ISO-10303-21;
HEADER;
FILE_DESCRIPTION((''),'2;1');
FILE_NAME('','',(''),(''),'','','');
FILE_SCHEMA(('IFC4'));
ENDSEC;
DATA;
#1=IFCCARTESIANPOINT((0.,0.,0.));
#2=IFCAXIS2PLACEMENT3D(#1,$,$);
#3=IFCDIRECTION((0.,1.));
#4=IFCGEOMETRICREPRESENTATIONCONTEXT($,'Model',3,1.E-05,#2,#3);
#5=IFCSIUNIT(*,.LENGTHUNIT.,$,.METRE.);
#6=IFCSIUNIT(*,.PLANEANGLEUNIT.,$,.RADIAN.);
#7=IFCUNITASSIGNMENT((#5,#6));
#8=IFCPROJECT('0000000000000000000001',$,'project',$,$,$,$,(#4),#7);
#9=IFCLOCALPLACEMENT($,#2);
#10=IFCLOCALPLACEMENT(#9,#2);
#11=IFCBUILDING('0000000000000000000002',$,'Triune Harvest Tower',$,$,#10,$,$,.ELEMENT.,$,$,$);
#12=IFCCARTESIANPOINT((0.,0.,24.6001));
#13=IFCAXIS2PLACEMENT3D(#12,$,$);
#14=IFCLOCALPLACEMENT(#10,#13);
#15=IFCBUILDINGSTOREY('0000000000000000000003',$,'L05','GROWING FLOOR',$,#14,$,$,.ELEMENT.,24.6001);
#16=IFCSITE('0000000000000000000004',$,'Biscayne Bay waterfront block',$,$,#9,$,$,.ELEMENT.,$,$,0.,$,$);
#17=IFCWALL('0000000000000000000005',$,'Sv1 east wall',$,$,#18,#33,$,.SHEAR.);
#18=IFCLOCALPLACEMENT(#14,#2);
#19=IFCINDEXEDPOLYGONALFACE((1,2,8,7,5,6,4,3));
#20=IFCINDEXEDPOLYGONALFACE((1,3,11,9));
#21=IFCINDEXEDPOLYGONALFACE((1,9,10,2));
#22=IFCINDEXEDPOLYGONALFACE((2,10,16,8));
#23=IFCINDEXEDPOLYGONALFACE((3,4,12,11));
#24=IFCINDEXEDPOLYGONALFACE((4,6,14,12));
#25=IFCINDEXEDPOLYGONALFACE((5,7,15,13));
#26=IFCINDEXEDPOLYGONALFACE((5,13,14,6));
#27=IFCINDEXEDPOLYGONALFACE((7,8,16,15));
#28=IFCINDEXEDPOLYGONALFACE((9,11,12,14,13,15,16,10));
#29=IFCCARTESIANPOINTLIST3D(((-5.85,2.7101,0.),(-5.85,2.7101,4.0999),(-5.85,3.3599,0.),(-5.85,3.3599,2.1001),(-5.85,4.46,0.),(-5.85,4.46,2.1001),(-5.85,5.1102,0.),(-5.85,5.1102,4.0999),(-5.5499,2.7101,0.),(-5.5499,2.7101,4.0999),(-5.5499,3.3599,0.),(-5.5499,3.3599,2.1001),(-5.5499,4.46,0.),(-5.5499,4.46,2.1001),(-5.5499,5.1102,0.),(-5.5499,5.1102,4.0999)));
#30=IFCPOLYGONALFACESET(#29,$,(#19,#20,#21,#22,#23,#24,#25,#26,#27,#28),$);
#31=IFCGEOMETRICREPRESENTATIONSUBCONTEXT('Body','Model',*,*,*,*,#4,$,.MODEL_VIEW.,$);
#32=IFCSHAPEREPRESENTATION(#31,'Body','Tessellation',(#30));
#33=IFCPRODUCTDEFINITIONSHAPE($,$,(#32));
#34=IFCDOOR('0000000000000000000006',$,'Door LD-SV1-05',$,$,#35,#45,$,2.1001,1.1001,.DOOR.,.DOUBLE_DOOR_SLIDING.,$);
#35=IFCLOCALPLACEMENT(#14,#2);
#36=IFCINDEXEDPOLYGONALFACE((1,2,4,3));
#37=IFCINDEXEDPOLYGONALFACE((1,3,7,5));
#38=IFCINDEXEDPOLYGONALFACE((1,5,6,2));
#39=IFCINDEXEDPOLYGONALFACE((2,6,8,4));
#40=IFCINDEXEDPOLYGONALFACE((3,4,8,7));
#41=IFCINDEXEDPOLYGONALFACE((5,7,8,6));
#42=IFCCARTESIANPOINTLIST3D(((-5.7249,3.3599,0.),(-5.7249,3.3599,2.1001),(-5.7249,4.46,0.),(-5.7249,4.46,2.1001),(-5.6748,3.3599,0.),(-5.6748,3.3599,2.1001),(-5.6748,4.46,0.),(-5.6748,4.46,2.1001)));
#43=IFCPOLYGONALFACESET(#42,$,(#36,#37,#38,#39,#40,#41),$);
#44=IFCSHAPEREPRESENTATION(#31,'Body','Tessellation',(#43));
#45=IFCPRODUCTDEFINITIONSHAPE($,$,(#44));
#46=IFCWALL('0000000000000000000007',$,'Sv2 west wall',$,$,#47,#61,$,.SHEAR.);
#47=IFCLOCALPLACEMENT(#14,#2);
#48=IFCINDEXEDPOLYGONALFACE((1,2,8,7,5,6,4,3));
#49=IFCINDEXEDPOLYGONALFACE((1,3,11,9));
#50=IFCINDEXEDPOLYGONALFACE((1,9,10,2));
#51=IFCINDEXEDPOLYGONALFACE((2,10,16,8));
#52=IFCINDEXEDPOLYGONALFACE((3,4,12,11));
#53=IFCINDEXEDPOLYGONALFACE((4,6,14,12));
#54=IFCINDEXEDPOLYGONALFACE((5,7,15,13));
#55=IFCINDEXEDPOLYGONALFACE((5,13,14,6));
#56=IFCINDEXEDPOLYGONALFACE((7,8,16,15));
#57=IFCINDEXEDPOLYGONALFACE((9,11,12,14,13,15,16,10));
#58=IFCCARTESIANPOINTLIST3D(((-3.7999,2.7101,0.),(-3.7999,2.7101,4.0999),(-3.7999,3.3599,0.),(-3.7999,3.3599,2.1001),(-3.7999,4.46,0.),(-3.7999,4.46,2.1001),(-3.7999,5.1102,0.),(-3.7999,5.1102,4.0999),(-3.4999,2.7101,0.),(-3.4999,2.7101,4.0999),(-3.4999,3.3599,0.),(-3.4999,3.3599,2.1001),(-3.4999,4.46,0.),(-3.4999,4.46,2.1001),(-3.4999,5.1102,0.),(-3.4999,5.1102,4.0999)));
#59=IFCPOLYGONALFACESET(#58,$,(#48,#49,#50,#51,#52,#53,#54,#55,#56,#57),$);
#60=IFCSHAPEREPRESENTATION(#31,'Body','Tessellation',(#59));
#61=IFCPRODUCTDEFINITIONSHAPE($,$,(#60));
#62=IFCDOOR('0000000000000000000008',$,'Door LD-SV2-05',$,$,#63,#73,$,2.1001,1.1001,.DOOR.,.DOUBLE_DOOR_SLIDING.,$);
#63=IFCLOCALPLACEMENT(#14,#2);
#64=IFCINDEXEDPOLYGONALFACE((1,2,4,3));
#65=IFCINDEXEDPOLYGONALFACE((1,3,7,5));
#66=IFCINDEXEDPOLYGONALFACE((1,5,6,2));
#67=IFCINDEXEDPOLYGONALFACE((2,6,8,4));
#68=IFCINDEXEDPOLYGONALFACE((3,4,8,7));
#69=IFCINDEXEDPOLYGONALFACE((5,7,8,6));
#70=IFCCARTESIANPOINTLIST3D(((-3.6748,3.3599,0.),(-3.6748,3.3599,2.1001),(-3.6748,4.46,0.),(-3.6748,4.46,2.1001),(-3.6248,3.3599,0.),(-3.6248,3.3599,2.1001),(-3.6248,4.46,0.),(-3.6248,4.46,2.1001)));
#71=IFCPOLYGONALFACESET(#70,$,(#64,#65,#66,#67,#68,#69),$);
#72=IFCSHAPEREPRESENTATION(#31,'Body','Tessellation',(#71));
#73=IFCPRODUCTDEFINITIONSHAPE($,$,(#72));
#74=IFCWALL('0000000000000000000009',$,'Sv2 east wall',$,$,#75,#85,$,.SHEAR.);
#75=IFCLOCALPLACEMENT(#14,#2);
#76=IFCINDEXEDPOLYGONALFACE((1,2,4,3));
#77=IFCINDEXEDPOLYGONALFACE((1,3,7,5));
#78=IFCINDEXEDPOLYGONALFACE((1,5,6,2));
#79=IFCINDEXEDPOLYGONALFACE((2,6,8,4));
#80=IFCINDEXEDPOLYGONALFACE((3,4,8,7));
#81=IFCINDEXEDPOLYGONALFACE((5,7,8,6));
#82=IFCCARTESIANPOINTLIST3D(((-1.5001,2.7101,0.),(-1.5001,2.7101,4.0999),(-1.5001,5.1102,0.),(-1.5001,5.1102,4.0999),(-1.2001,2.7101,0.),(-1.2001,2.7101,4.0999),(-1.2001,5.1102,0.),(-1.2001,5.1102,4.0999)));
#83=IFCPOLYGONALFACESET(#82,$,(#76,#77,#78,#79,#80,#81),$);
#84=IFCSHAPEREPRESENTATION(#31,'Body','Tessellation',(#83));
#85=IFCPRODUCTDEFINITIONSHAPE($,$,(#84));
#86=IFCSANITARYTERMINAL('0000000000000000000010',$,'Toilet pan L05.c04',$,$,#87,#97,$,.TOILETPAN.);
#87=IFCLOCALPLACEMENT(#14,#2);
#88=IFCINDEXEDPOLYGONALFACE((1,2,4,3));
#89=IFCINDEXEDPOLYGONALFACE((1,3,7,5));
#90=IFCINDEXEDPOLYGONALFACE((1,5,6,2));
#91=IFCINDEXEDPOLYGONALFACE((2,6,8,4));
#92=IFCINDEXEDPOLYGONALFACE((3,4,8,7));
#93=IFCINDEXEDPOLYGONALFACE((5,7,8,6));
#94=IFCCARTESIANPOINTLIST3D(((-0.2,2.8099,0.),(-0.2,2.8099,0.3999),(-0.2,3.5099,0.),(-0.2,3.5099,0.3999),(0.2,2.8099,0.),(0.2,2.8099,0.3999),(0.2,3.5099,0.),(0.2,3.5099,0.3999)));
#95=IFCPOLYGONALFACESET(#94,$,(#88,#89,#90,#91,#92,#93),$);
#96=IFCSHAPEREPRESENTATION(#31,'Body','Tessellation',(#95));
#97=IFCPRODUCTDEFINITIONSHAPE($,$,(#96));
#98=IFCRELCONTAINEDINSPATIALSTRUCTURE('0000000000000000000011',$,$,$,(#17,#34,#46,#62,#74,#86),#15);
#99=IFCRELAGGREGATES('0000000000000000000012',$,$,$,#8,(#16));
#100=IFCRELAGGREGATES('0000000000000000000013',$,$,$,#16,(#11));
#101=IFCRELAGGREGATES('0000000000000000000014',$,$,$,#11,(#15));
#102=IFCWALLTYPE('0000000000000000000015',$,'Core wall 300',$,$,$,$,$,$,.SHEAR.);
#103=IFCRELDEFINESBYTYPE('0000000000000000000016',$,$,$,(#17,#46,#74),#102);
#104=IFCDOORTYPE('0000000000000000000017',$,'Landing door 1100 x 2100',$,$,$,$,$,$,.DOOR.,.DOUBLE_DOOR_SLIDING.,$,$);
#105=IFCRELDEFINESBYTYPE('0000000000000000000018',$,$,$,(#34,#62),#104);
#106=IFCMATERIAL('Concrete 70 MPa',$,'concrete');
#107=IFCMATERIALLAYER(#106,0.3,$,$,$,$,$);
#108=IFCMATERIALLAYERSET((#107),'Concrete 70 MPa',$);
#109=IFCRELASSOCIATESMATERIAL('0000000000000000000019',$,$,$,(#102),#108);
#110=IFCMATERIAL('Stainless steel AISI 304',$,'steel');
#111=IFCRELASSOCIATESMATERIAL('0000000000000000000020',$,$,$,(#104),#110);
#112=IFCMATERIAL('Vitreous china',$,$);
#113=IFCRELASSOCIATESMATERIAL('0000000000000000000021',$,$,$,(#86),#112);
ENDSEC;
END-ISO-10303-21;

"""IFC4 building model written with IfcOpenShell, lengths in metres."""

from ifc_helpers import new_model, si_unit, direction, frame, frame_2d, origin, origin_2d, place, context, subcontext, project, spatial, rectangle, extrude, source, transform, mapped, material, layer, layer_set, type_object, element, fill, save


model = new_model("IFC4")

# Units and contexts
model_context = context("Model", 3, precision=1e-05, world=origin(), true_north=direction((0.0, 1.0)))
body_context = subcontext(model_context, "Body", "Model", "MODEL_VIEW")
ifc_project = project(units=[si_unit("LENGTHUNIT", "METRE"), si_unit("PLANEANGLEUNIT", "RADIAN")], contexts=[model_context])

# Site, building, storey
site_placement = place(None, origin())
site = spatial("IfcSite", under=ifc_project, at=site_placement, Name="Biscayne Bay waterfront block", CompositionType="ELEMENT", RefElevation=0.0)
building_placement = place(site_placement, origin())
building = spatial("IfcBuilding", under=site, at=building_placement, Name="Triune Harvest Tower", CompositionType="ELEMENT")
storey_placement = place(building_placement, frame((0.0, 0.0, 24.6001)))
storey = spatial("IfcBuildingStorey", under=building, at=storey_placement, Name="L05", Description="GROWING FLOOR", CompositionType="ELEMENT", Elevation=24.6001)

# Shared definitions
ifc_material_1 = material(Name="Concrete 70 MPa", Category="concrete")
ifc_layer_1 = layer(ifc_material_1, 0.3)
ifc_layer_set_1 = layer_set([ifc_layer_1], Name="Concrete 70 MPa")
wall_type = type_object("IfcWallType", Name="Core wall 300", PredefinedType="SHEAR", material=ifc_layer_set_1)
ifc_material_2 = material(Name="Stainless steel AISI 304", Category="steel")
door_type = type_object("IfcDoorType", Name="Landing door 1100 x 2100", OperationType="DOUBLE_DOOR_SLIDING", PredefinedType="DOOR", material=ifc_material_2)

# Shared definitions
shared_shape_1 = source(origin(), body_context, "Body", "SweptSolid", [
    extrude(rectangle(XDim=2.4001, YDim=0.3, at=frame_2d((1.2002, 0.0))), origin(), (0.0, 0.0, 1.0), 4.0999),
])

# Walls, openings, doors
wall_1_placement = place(storey_placement, frame((-5.7, 2.71, 0.0), z_axis=(0.0, 0.0, 1.0), x_axis=(0.0, 1.0, 0.0)))
wall_1 = element("IfcWall", 1, at=wall_1_placement, inside=storey, type_object=wall_type, Name="Sv1 east wall", PredefinedType="SHEAR", context=body_context, shape_type="MappedRepresentation", body=[
    mapped(shared_shape_1, transform((0.0, 0.0, 0.0), scale=1.0)),
])
opening_1_placement = place(wall_1_placement, frame((0.6499, 0.0, 0.0)))
opening_1 = element("IfcOpeningElement", 2, at=opening_1_placement, cuts=wall_1, PredefinedType="OPENING", context=body_context, shape_type="SweptSolid", body=[
    extrude(rectangle(XDim=1.1001, YDim=2.1001, at=frame_2d((0.55, 1.05))), frame((0.0, 0.1602, 0.0), z_axis=(0.0, -1.0, 0.0), x_axis=(1.0, 0.0, 0.0)), (0.0, 0.0, 1.0), 0.3201),
])
door_1_placement = place(opening_1_placement, origin())
door_1 = element("IfcDoor", 3, at=door_1_placement, inside=storey, type_object=door_type, Name="Door LD-SV1-05", OperationType="DOUBLE_DOOR_SLIDING", OverallHeight=2.1001, OverallWidth=1.1001, PredefinedType="DOOR", context=body_context, shape_type="SweptSolid", body=[
    extrude(rectangle(XDim=1.1001, YDim=2.1001, at=frame_2d((0.55, 1.05))), frame((0.0, 0.0249, 0.0), z_axis=(0.0, -1.0, 0.0), x_axis=(1.0, 0.0, 0.0)), (0.0, 0.0, 1.0), 0.05),
])
fill(opening_1, door_1)
wall_2_placement = place(storey_placement, frame((-3.6499, 2.71, 0.0), z_axis=(0.0, 0.0, 1.0), x_axis=(0.0, 1.0, 0.0)))
wall_2 = element("IfcWall", 4, at=wall_2_placement, inside=storey, type_object=wall_type, Name="Sv2 west wall", PredefinedType="SHEAR", context=body_context, shape_type="MappedRepresentation", body=[
    mapped(shared_shape_1, transform((0.0, 0.0, 0.0), scale=1.0)),
])
opening_2_placement = place(wall_2_placement, frame((0.6499, 0.0, 0.0)))
opening_2 = element("IfcOpeningElement", 5, at=opening_2_placement, cuts=wall_2, PredefinedType="OPENING", context=body_context, shape_type="SweptSolid", body=[
    extrude(rectangle(XDim=1.1001, YDim=2.1001, at=frame_2d((0.55, 1.05))), frame((0.0, 0.1602, 0.0), z_axis=(0.0, -1.0, 0.0), x_axis=(1.0, 0.0, 0.0)), (0.0, 0.0, 1.0), 0.3201),
])
door_2_placement = place(opening_2_placement, origin())
door_2 = element("IfcDoor", 6, at=door_2_placement, inside=storey, type_object=door_type, Name="Door LD-SV2-05", OperationType="DOUBLE_DOOR_SLIDING", OverallHeight=2.1001, OverallWidth=1.1001, PredefinedType="DOOR", context=body_context, shape_type="SweptSolid", body=[
    extrude(rectangle(XDim=1.1001, YDim=2.1001, at=frame_2d((0.55, 1.05))), frame((0.0, 0.0249, 0.0), z_axis=(0.0, -1.0, 0.0), x_axis=(1.0, 0.0, 0.0)), (0.0, 0.0, 1.0), 0.05),
])
fill(opening_2, door_2)

# Wall
wall_3_placement = place(storey_placement, frame((-1.3501, 2.71, 0.0), z_axis=(0.0, 0.0, 1.0), x_axis=(0.0, 1.0, 0.0)))
element("IfcWall", 7, at=wall_3_placement, inside=storey, type_object=wall_type, Name="Sv2 east wall", PredefinedType="SHEAR", context=body_context, shape_type="MappedRepresentation", body=[
    mapped(shared_shape_1, transform((0.0, 0.0, 0.0), scale=1.0)),
])

# Sanitary terminal
ifc_material_3 = material(Name="Vitreous china")
shared_shape_2 = source(origin(), body_context, "Body", "SweptSolid", [
    extrude(rectangle(XDim=0.3999, YDim=0.7, at=origin_2d()), origin(), (0.0, 0.0, 1.0), 0.3999),
])
sanitary_terminal_placement = place(storey_placement, frame((0.0, 3.1599, 0.0), z_axis=(0.0, 0.0, 1.0), x_axis=(-1.0, 0.0, 0.0)))
element("IfcSanitaryTerminal", 8, at=sanitary_terminal_placement, inside=storey, material=ifc_material_3, Name="Toilet pan L05.c04", PredefinedType="TOILETPAN", context=body_context, shape_type="MappedRepresentation", body=[
    mapped(shared_shape_2, transform((0.0, 0.0, 0.0), scale=1.0)),
])

save(model, "model.ifc")
